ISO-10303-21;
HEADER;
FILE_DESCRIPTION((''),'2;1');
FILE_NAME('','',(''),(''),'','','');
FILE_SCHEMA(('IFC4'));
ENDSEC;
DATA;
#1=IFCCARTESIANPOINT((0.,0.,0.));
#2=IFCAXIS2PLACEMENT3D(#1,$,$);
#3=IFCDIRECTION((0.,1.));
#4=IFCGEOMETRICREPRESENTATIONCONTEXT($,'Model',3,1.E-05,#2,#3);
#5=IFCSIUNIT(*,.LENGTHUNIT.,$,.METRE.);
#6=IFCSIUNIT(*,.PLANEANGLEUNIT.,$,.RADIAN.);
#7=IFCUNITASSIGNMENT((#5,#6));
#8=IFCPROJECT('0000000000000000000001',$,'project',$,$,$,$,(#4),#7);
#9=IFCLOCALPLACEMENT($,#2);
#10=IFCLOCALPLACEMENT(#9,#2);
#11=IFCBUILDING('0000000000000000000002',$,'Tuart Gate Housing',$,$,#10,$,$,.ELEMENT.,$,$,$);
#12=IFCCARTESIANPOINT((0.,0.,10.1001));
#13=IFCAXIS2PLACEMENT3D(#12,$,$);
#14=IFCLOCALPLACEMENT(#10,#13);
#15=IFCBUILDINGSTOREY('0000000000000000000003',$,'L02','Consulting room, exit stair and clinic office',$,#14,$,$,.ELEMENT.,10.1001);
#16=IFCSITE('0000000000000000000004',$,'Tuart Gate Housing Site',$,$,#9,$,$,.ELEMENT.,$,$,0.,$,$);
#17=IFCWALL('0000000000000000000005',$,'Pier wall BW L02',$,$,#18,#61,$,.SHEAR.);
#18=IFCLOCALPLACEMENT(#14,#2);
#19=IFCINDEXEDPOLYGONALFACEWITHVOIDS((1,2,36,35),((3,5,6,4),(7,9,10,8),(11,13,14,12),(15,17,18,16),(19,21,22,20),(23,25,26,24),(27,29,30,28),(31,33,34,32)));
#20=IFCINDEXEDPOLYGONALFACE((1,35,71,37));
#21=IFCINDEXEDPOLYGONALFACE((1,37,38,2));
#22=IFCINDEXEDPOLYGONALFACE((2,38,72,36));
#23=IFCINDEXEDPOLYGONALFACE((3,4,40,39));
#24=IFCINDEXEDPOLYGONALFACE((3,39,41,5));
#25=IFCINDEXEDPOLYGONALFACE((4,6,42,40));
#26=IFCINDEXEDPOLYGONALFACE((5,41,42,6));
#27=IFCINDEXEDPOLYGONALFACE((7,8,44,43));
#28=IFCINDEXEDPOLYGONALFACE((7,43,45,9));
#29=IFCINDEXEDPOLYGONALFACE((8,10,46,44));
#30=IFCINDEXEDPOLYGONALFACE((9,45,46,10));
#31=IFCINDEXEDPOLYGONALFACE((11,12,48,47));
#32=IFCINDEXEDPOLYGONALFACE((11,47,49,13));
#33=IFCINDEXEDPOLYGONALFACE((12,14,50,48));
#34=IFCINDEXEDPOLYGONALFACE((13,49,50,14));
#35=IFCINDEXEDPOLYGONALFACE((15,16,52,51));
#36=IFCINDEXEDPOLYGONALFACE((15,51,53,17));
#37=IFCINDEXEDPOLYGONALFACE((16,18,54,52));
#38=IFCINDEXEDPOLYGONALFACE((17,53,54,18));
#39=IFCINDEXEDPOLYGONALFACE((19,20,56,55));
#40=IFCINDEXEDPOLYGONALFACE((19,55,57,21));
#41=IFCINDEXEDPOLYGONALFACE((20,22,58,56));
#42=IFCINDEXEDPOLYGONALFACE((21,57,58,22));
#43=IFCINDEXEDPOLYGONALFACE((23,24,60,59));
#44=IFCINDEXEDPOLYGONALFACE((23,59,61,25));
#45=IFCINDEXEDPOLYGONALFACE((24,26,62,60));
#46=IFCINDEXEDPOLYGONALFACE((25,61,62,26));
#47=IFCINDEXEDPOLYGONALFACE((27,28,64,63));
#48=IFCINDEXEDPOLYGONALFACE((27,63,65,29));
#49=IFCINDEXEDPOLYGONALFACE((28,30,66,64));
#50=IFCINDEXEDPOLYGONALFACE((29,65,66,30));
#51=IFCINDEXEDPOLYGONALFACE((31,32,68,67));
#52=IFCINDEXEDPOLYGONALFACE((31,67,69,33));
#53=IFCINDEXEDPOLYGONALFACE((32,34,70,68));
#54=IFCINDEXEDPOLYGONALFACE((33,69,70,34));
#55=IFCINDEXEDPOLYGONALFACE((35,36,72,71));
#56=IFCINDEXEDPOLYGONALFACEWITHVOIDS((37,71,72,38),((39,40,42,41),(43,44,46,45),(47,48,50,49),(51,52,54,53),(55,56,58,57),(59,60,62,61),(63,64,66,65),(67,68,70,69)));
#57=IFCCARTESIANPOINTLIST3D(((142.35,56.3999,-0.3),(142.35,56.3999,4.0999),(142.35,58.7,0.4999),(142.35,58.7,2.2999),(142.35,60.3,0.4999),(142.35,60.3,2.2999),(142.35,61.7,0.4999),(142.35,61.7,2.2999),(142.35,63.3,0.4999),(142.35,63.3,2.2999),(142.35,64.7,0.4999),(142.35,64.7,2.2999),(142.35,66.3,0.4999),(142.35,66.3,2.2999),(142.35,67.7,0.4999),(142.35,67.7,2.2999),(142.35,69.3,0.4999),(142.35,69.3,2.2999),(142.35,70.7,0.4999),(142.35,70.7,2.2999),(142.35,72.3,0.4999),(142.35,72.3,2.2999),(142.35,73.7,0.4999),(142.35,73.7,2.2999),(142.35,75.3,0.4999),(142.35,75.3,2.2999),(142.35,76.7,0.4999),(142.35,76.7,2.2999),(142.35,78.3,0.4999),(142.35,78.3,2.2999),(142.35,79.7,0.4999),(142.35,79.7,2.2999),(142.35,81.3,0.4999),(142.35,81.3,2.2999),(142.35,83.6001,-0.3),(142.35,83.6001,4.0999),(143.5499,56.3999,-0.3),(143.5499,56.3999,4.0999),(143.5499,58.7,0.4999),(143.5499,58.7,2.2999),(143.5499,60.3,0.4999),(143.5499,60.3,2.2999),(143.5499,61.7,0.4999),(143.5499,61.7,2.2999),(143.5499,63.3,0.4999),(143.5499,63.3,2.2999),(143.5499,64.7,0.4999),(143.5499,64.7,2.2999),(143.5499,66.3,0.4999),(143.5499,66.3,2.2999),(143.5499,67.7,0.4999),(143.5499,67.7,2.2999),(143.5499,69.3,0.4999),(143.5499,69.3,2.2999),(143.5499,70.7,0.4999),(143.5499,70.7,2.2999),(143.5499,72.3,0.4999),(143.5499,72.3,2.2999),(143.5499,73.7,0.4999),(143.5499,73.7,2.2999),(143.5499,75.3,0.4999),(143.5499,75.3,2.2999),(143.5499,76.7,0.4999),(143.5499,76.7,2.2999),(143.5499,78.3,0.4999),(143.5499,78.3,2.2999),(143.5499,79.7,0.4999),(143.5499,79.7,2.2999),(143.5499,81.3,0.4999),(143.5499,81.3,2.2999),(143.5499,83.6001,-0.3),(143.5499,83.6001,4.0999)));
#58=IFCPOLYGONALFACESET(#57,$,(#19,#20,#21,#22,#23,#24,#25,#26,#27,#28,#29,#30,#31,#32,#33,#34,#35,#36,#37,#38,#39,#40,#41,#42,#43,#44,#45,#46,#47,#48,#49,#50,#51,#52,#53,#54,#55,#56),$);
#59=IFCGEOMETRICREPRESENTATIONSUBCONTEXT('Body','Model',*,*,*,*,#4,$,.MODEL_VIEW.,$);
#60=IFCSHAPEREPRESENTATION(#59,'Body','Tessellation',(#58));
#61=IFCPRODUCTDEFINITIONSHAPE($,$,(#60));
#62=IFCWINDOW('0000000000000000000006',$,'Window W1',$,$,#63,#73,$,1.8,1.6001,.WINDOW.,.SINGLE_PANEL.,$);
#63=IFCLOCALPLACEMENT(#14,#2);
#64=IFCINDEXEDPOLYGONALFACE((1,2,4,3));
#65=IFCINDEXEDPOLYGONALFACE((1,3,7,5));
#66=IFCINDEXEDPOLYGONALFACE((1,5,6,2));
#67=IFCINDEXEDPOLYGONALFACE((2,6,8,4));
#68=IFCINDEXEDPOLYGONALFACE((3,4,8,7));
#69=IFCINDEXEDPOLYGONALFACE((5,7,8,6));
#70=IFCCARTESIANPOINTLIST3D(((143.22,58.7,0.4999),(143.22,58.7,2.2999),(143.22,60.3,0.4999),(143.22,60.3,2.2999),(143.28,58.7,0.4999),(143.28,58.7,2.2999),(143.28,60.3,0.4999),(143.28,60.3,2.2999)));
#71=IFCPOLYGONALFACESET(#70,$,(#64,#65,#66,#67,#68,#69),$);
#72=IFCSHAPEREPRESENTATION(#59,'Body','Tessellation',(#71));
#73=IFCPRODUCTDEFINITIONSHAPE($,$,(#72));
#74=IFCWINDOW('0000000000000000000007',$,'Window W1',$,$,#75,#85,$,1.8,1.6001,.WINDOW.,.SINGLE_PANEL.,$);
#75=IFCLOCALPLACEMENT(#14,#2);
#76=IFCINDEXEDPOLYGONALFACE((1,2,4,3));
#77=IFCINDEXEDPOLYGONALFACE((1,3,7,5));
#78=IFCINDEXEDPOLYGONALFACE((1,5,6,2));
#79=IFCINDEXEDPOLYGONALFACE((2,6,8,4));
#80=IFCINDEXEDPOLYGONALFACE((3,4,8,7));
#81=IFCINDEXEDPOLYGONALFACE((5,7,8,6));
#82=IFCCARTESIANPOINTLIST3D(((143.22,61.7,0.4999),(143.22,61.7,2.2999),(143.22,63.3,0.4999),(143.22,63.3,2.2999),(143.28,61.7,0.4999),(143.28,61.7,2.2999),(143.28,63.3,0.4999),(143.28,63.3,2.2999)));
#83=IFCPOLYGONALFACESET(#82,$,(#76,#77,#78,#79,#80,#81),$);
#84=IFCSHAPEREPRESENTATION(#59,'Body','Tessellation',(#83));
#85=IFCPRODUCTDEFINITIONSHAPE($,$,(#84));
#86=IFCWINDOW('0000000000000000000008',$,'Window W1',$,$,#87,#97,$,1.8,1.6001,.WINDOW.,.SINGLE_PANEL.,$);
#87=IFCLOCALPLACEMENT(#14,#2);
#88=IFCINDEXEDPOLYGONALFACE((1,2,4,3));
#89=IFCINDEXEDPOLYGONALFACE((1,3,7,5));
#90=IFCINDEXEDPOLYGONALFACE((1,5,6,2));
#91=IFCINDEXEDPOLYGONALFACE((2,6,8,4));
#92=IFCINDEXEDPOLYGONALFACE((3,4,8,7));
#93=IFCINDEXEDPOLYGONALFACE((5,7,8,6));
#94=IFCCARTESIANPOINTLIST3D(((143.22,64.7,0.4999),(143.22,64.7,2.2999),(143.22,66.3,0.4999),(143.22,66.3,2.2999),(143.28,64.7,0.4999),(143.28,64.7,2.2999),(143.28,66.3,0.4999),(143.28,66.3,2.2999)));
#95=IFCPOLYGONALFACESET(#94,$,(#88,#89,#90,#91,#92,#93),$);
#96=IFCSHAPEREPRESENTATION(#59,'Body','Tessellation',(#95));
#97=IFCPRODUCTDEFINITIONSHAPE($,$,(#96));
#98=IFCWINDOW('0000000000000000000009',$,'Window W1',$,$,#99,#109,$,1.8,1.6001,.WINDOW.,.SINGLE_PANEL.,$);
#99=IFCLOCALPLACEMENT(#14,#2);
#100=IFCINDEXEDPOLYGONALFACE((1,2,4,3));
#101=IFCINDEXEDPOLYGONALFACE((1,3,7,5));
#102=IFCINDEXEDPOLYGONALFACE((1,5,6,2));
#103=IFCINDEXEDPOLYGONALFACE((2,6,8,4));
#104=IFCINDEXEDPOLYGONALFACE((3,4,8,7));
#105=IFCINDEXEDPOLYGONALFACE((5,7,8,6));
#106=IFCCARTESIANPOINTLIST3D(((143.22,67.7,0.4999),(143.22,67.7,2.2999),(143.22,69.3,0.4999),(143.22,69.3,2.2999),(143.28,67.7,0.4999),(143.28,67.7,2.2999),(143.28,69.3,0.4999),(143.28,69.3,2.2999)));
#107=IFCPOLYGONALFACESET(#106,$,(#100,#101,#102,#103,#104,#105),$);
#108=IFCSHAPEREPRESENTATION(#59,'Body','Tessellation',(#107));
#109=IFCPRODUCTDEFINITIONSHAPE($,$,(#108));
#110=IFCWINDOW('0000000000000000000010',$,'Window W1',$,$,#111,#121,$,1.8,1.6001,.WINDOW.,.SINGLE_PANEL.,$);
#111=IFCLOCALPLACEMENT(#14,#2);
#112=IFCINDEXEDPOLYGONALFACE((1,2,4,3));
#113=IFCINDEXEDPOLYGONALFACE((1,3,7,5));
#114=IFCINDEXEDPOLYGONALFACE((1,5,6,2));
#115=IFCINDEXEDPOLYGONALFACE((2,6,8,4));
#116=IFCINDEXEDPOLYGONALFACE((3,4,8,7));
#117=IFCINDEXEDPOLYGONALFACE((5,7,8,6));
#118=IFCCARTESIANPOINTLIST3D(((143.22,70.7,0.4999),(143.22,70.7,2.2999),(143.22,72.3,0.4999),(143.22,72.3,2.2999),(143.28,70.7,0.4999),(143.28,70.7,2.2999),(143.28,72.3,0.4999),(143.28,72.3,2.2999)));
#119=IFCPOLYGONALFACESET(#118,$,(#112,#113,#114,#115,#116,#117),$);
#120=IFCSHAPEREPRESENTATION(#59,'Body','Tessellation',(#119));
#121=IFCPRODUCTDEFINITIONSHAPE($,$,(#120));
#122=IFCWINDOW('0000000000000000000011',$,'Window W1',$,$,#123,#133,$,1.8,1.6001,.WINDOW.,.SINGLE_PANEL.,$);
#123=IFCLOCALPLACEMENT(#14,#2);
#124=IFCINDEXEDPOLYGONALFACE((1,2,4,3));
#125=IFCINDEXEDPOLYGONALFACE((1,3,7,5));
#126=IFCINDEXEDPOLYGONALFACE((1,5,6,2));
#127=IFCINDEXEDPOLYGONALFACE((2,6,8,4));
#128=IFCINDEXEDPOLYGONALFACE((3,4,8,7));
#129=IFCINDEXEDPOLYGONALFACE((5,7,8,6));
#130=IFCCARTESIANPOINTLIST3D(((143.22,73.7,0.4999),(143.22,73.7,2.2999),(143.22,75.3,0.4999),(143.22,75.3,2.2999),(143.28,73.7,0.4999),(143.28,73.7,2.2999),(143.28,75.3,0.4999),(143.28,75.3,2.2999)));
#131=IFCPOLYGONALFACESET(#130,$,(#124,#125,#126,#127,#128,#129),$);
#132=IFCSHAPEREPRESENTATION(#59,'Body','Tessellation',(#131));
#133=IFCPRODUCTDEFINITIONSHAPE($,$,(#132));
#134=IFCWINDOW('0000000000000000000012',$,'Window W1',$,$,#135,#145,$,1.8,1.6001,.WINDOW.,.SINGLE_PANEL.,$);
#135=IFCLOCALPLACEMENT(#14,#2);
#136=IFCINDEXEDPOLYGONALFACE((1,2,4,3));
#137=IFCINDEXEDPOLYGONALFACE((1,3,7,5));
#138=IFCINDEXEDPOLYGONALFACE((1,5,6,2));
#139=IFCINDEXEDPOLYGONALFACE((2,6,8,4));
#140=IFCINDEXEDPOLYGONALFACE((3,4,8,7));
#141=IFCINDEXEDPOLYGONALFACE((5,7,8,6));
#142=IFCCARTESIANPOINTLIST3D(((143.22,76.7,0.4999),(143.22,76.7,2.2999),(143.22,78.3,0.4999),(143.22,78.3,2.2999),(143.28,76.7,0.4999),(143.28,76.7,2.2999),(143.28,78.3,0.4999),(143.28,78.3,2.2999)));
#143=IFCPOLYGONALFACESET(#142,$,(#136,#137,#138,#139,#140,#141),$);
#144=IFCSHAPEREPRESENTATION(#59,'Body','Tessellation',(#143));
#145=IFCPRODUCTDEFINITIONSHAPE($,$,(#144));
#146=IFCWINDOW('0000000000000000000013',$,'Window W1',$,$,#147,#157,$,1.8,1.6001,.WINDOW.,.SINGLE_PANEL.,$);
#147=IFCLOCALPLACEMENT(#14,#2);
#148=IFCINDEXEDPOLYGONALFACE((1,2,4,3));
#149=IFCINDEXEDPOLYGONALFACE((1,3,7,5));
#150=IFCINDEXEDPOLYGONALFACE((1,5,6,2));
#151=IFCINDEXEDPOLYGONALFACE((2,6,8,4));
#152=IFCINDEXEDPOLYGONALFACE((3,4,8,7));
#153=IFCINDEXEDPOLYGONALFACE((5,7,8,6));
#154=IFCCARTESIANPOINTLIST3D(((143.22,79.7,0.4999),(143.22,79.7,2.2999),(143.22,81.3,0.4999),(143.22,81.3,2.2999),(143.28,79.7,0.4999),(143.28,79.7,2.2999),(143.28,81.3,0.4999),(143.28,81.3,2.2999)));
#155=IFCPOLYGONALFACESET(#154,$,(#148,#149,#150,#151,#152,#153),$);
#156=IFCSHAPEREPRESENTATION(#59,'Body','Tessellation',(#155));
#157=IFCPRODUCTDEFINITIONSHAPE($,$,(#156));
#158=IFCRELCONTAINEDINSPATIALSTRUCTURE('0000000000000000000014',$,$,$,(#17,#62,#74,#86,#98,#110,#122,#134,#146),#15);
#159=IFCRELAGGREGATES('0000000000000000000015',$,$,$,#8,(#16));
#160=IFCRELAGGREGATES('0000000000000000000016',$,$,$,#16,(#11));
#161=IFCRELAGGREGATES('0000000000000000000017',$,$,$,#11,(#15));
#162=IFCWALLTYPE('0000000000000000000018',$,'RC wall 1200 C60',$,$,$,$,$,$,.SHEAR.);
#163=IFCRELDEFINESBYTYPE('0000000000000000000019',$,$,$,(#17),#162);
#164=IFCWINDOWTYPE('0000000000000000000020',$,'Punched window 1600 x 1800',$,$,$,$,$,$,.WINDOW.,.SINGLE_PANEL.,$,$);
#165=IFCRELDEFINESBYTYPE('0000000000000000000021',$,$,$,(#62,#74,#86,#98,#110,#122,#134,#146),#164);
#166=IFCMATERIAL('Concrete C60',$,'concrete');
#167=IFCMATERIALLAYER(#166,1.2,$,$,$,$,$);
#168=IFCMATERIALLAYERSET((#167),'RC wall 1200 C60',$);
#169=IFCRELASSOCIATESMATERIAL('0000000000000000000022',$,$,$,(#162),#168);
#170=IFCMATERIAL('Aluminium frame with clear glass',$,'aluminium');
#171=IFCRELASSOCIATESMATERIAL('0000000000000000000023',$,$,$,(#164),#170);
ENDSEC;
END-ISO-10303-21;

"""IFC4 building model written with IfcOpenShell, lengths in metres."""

from ifc_helpers import new_model, si_unit, direction, frame, frame_2d, origin, place, context, subcontext, project, spatial, rectangle, extrude, material, layer, layer_set, type_object, element, fill, save


model = new_model("IFC4")

# Units and contexts
model_context = context("Model", 3, precision=1e-05, world=origin(), true_north=direction((0.0, 1.0)))
body_context = subcontext(model_context, "Body", "Model", "MODEL_VIEW")
ifc_project = project(units=[si_unit("LENGTHUNIT", "METRE"), si_unit("PLANEANGLEUNIT", "RADIAN")], contexts=[model_context])

# Site, building, storey
site_placement = place(None, origin())
site = spatial("IfcSite", under=ifc_project, at=site_placement, Name="Tuart Gate Housing Site", CompositionType="ELEMENT", RefElevation=0.0)
building_placement = place(site_placement, origin())
building = spatial("IfcBuilding", under=site, at=building_placement, Name="Tuart Gate Housing", CompositionType="ELEMENT")
storey_placement = place(building_placement, frame((0.0, 0.0, 10.1001)))
storey = spatial("IfcBuildingStorey", under=building, at=storey_placement, Name="L02", Description="Consulting room, exit stair and clinic office", CompositionType="ELEMENT", Elevation=10.1001)

# Wall, openings, windows
ifc_material_1 = material(Name="Concrete C60", Category="concrete")
ifc_layer_1 = layer(ifc_material_1, 1.2)
ifc_layer_set_1 = layer_set([ifc_layer_1], Name="RC wall 1200 C60")
wall_type = type_object("IfcWallType", Name="RC wall 1200 C60", PredefinedType="SHEAR", material=ifc_layer_set_1)
wall_placement = place(storey_placement, frame((142.95, 56.3999, -0.3), z_axis=(0.0, 0.0, 1.0), x_axis=(0.0, 1.0, 0.0)))
wall = element("IfcWall", 1, at=wall_placement, inside=storey, type_object=wall_type, Name="Pier wall BW L02", PredefinedType="SHEAR", context=body_context, shape_type="SweptSolid", body=[
    extrude(rectangle(XDim=27.2002, YDim=1.2, at=frame_2d((13.6001, 0.0))), origin(), (0.0, 0.0, 1.0), 4.3999),
])
opening_1_placement = place(wall_placement, frame((2.3, 0.0, 0.8)))
opening_1 = element("IfcOpeningElement", 2, at=opening_1_placement, cuts=wall, PredefinedType="OPENING", context=body_context, shape_type="SweptSolid", body=[
    extrude(rectangle(XDim=1.6001, YDim=1.8, at=frame_2d((0.8, 0.8999))), frame((0.0, 0.6099, 0.0), z_axis=(0.0, -1.0, 0.0), x_axis=(1.0, 0.0, 0.0)), (0.0, 0.0, 1.0), 1.22),
])
opening_2_placement = place(wall_placement, frame((5.3, 0.0, 0.8)))
opening_2 = element("IfcOpeningElement", 3, at=opening_2_placement, cuts=wall, PredefinedType="OPENING", context=body_context, shape_type="SweptSolid", body=[
    extrude(rectangle(XDim=1.6001, YDim=1.8, at=frame_2d((0.8, 0.8999))), frame((0.0, 0.6099, 0.0), z_axis=(0.0, -1.0, 0.0), x_axis=(1.0, 0.0, 0.0)), (0.0, 0.0, 1.0), 1.22),
])
opening_3_placement = place(wall_placement, frame((8.3, 0.0, 0.8)))
opening_3 = element("IfcOpeningElement", 4, at=opening_3_placement, cuts=wall, PredefinedType="OPENING", context=body_context, shape_type="SweptSolid", body=[
    extrude(rectangle(XDim=1.6001, YDim=1.8, at=frame_2d((0.8, 0.8999))), frame((0.0, 0.6099, 0.0), z_axis=(0.0, -1.0, 0.0), x_axis=(1.0, 0.0, 0.0)), (0.0, 0.0, 1.0), 1.22),
])
opening_4_placement = place(wall_placement, frame((11.3, 0.0, 0.8)))
opening_4 = element("IfcOpeningElement", 5, at=opening_4_placement, cuts=wall, PredefinedType="OPENING", context=body_context, shape_type="SweptSolid", body=[
    extrude(rectangle(XDim=1.6001, YDim=1.8, at=frame_2d((0.8, 0.8999))), frame((0.0, 0.6099, 0.0), z_axis=(0.0, -1.0, 0.0), x_axis=(1.0, 0.0, 0.0)), (0.0, 0.0, 1.0), 1.22),
])
opening_5_placement = place(wall_placement, frame((14.3, 0.0, 0.8)))
opening_5 = element("IfcOpeningElement", 6, at=opening_5_placement, cuts=wall, PredefinedType="OPENING", context=body_context, shape_type="SweptSolid", body=[
    extrude(rectangle(XDim=1.6001, YDim=1.8, at=frame_2d((0.8, 0.8999))), frame((0.0, 0.6099, 0.0), z_axis=(0.0, -1.0, 0.0), x_axis=(1.0, 0.0, 0.0)), (0.0, 0.0, 1.0), 1.22),
])
opening_6_placement = place(wall_placement, frame((17.3, 0.0, 0.8)))
opening_6 = element("IfcOpeningElement", 7, at=opening_6_placement, cuts=wall, PredefinedType="OPENING", context=body_context, shape_type="SweptSolid", body=[
    extrude(rectangle(XDim=1.6001, YDim=1.8, at=frame_2d((0.8, 0.8999))), frame((0.0, 0.6099, 0.0), z_axis=(0.0, -1.0, 0.0), x_axis=(1.0, 0.0, 0.0)), (0.0, 0.0, 1.0), 1.22),
])
opening_7_placement = place(wall_placement, frame((20.3, 0.0, 0.8)))
opening_7 = element("IfcOpeningElement", 8, at=opening_7_placement, cuts=wall, PredefinedType="OPENING", context=body_context, shape_type="SweptSolid", body=[
    extrude(rectangle(XDim=1.6001, YDim=1.8, at=frame_2d((0.8, 0.8999))), frame((0.0, 0.6099, 0.0), z_axis=(0.0, -1.0, 0.0), x_axis=(1.0, 0.0, 0.0)), (0.0, 0.0, 1.0), 1.22),
])
opening_8_placement = place(wall_placement, frame((23.3, 0.0, 0.8)))
opening_8 = element("IfcOpeningElement", 9, at=opening_8_placement, cuts=wall, PredefinedType="OPENING", context=body_context, shape_type="SweptSolid", body=[
    extrude(rectangle(XDim=1.6001, YDim=1.8, at=frame_2d((0.8, 0.8999))), frame((0.0, 0.6099, 0.0), z_axis=(0.0, -1.0, 0.0), x_axis=(1.0, 0.0, 0.0)), (0.0, 0.0, 1.0), 1.22),
])
ifc_material_2 = material(Name="Aluminium frame with clear glass", Category="aluminium")
window_type = type_object("IfcWindowType", Name="Punched window 1600 x 1800", PartitioningType="SINGLE_PANEL", PredefinedType="WINDOW", material=ifc_material_2)
window_1_placement = place(opening_1_placement, origin())
window_1 = element("IfcWindow", 10, at=window_1_placement, inside=storey, type_object=window_type, Name="Window W1", OverallHeight=1.8, OverallWidth=1.6001, PartitioningType="SINGLE_PANEL", PredefinedType="WINDOW", context=body_context, shape_type="SweptSolid", body=[
    extrude(rectangle(XDim=1.6001, YDim=1.8, at=frame_2d((0.8, 0.8999))), frame((0.0, -0.27, 0.0), z_axis=(0.0, -1.0, 0.0), x_axis=(1.0, 0.0, 0.0)), (0.0, 0.0, 1.0), 0.0601),
])
fill(opening_1, window_1)
window_2_placement = place(opening_2_placement, origin())
window_2 = element("IfcWindow", 11, at=window_2_placement, inside=storey, type_object=window_type, Name="Window W1", OverallHeight=1.8, OverallWidth=1.6001, PartitioningType="SINGLE_PANEL", PredefinedType="WINDOW", context=body_context, shape_type="SweptSolid", body=[
    extrude(rectangle(XDim=1.6001, YDim=1.8, at=frame_2d((0.8, 0.8999))), frame((0.0, -0.27, 0.0), z_axis=(0.0, -1.0, 0.0), x_axis=(1.0, 0.0, 0.0)), (0.0, 0.0, 1.0), 0.0601),
])
fill(opening_2, window_2)
window_3_placement = place(opening_3_placement, origin())
window_3 = element("IfcWindow", 12, at=window_3_placement, inside=storey, type_object=window_type, Name="Window W1", OverallHeight=1.8, OverallWidth=1.6001, PartitioningType="SINGLE_PANEL", PredefinedType="WINDOW", context=body_context, shape_type="SweptSolid", body=[
    extrude(rectangle(XDim=1.6001, YDim=1.8, at=frame_2d((0.8, 0.8999))), frame((0.0, -0.27, 0.0), z_axis=(0.0, -1.0, 0.0), x_axis=(1.0, 0.0, 0.0)), (0.0, 0.0, 1.0), 0.0601),
])
fill(opening_3, window_3)
window_4_placement = place(opening_4_placement, origin())
window_4 = element("IfcWindow", 13, at=window_4_placement, inside=storey, type_object=window_type, Name="Window W1", OverallHeight=1.8, OverallWidth=1.6001, PartitioningType="SINGLE_PANEL", PredefinedType="WINDOW", context=body_context, shape_type="SweptSolid", body=[
    extrude(rectangle(XDim=1.6001, YDim=1.8, at=frame_2d((0.8, 0.8999))), frame((0.0, -0.27, 0.0), z_axis=(0.0, -1.0, 0.0), x_axis=(1.0, 0.0, 0.0)), (0.0, 0.0, 1.0), 0.0601),
])
fill(opening_4, window_4)
window_5_placement = place(opening_5_placement, origin())
window_5 = element("IfcWindow", 14, at=window_5_placement, inside=storey, type_object=window_type, Name="Window W1", OverallHeight=1.8, OverallWidth=1.6001, PartitioningType="SINGLE_PANEL", PredefinedType="WINDOW", context=body_context, shape_type="SweptSolid", body=[
    extrude(rectangle(XDim=1.6001, YDim=1.8, at=frame_2d((0.8, 0.8999))), frame((0.0, -0.27, 0.0), z_axis=(0.0, -1.0, 0.0), x_axis=(1.0, 0.0, 0.0)), (0.0, 0.0, 1.0), 0.0601),
])
fill(opening_5, window_5)
window_6_placement = place(opening_6_placement, origin())
window_6 = element("IfcWindow", 15, at=window_6_placement, inside=storey, type_object=window_type, Name="Window W1", OverallHeight=1.8, OverallWidth=1.6001, PartitioningType="SINGLE_PANEL", PredefinedType="WINDOW", context=body_context, shape_type="SweptSolid", body=[
    extrude(rectangle(XDim=1.6001, YDim=1.8, at=frame_2d((0.8, 0.8999))), frame((0.0, -0.27, 0.0), z_axis=(0.0, -1.0, 0.0), x_axis=(1.0, 0.0, 0.0)), (0.0, 0.0, 1.0), 0.0601),
])
fill(opening_6, window_6)
window_7_placement = place(opening_7_placement, origin())
window_7 = element("IfcWindow", 16, at=window_7_placement, inside=storey, type_object=window_type, Name="Window W1", OverallHeight=1.8, OverallWidth=1.6001, PartitioningType="SINGLE_PANEL", PredefinedType="WINDOW", context=body_context, shape_type="SweptSolid", body=[
    extrude(rectangle(XDim=1.6001, YDim=1.8, at=frame_2d((0.8, 0.8999))), frame((0.0, -0.27, 0.0), z_axis=(0.0, -1.0, 0.0), x_axis=(1.0, 0.0, 0.0)), (0.0, 0.0, 1.0), 0.0601),
])
fill(opening_7, window_7)
window_8_placement = place(opening_8_placement, origin())
window_8 = element("IfcWindow", 17, at=window_8_placement, inside=storey, type_object=window_type, Name="Window W1", OverallHeight=1.8, OverallWidth=1.6001, PartitioningType="SINGLE_PANEL", PredefinedType="WINDOW", context=body_context, shape_type="SweptSolid", body=[
    extrude(rectangle(XDim=1.6001, YDim=1.8, at=frame_2d((0.8, 0.8999))), frame((0.0, -0.27, 0.0), z_axis=(0.0, -1.0, 0.0), x_axis=(1.0, 0.0, 0.0)), (0.0, 0.0, 1.0), 0.0601),
])
fill(opening_8, window_8)

save(model, "model.ifc")
